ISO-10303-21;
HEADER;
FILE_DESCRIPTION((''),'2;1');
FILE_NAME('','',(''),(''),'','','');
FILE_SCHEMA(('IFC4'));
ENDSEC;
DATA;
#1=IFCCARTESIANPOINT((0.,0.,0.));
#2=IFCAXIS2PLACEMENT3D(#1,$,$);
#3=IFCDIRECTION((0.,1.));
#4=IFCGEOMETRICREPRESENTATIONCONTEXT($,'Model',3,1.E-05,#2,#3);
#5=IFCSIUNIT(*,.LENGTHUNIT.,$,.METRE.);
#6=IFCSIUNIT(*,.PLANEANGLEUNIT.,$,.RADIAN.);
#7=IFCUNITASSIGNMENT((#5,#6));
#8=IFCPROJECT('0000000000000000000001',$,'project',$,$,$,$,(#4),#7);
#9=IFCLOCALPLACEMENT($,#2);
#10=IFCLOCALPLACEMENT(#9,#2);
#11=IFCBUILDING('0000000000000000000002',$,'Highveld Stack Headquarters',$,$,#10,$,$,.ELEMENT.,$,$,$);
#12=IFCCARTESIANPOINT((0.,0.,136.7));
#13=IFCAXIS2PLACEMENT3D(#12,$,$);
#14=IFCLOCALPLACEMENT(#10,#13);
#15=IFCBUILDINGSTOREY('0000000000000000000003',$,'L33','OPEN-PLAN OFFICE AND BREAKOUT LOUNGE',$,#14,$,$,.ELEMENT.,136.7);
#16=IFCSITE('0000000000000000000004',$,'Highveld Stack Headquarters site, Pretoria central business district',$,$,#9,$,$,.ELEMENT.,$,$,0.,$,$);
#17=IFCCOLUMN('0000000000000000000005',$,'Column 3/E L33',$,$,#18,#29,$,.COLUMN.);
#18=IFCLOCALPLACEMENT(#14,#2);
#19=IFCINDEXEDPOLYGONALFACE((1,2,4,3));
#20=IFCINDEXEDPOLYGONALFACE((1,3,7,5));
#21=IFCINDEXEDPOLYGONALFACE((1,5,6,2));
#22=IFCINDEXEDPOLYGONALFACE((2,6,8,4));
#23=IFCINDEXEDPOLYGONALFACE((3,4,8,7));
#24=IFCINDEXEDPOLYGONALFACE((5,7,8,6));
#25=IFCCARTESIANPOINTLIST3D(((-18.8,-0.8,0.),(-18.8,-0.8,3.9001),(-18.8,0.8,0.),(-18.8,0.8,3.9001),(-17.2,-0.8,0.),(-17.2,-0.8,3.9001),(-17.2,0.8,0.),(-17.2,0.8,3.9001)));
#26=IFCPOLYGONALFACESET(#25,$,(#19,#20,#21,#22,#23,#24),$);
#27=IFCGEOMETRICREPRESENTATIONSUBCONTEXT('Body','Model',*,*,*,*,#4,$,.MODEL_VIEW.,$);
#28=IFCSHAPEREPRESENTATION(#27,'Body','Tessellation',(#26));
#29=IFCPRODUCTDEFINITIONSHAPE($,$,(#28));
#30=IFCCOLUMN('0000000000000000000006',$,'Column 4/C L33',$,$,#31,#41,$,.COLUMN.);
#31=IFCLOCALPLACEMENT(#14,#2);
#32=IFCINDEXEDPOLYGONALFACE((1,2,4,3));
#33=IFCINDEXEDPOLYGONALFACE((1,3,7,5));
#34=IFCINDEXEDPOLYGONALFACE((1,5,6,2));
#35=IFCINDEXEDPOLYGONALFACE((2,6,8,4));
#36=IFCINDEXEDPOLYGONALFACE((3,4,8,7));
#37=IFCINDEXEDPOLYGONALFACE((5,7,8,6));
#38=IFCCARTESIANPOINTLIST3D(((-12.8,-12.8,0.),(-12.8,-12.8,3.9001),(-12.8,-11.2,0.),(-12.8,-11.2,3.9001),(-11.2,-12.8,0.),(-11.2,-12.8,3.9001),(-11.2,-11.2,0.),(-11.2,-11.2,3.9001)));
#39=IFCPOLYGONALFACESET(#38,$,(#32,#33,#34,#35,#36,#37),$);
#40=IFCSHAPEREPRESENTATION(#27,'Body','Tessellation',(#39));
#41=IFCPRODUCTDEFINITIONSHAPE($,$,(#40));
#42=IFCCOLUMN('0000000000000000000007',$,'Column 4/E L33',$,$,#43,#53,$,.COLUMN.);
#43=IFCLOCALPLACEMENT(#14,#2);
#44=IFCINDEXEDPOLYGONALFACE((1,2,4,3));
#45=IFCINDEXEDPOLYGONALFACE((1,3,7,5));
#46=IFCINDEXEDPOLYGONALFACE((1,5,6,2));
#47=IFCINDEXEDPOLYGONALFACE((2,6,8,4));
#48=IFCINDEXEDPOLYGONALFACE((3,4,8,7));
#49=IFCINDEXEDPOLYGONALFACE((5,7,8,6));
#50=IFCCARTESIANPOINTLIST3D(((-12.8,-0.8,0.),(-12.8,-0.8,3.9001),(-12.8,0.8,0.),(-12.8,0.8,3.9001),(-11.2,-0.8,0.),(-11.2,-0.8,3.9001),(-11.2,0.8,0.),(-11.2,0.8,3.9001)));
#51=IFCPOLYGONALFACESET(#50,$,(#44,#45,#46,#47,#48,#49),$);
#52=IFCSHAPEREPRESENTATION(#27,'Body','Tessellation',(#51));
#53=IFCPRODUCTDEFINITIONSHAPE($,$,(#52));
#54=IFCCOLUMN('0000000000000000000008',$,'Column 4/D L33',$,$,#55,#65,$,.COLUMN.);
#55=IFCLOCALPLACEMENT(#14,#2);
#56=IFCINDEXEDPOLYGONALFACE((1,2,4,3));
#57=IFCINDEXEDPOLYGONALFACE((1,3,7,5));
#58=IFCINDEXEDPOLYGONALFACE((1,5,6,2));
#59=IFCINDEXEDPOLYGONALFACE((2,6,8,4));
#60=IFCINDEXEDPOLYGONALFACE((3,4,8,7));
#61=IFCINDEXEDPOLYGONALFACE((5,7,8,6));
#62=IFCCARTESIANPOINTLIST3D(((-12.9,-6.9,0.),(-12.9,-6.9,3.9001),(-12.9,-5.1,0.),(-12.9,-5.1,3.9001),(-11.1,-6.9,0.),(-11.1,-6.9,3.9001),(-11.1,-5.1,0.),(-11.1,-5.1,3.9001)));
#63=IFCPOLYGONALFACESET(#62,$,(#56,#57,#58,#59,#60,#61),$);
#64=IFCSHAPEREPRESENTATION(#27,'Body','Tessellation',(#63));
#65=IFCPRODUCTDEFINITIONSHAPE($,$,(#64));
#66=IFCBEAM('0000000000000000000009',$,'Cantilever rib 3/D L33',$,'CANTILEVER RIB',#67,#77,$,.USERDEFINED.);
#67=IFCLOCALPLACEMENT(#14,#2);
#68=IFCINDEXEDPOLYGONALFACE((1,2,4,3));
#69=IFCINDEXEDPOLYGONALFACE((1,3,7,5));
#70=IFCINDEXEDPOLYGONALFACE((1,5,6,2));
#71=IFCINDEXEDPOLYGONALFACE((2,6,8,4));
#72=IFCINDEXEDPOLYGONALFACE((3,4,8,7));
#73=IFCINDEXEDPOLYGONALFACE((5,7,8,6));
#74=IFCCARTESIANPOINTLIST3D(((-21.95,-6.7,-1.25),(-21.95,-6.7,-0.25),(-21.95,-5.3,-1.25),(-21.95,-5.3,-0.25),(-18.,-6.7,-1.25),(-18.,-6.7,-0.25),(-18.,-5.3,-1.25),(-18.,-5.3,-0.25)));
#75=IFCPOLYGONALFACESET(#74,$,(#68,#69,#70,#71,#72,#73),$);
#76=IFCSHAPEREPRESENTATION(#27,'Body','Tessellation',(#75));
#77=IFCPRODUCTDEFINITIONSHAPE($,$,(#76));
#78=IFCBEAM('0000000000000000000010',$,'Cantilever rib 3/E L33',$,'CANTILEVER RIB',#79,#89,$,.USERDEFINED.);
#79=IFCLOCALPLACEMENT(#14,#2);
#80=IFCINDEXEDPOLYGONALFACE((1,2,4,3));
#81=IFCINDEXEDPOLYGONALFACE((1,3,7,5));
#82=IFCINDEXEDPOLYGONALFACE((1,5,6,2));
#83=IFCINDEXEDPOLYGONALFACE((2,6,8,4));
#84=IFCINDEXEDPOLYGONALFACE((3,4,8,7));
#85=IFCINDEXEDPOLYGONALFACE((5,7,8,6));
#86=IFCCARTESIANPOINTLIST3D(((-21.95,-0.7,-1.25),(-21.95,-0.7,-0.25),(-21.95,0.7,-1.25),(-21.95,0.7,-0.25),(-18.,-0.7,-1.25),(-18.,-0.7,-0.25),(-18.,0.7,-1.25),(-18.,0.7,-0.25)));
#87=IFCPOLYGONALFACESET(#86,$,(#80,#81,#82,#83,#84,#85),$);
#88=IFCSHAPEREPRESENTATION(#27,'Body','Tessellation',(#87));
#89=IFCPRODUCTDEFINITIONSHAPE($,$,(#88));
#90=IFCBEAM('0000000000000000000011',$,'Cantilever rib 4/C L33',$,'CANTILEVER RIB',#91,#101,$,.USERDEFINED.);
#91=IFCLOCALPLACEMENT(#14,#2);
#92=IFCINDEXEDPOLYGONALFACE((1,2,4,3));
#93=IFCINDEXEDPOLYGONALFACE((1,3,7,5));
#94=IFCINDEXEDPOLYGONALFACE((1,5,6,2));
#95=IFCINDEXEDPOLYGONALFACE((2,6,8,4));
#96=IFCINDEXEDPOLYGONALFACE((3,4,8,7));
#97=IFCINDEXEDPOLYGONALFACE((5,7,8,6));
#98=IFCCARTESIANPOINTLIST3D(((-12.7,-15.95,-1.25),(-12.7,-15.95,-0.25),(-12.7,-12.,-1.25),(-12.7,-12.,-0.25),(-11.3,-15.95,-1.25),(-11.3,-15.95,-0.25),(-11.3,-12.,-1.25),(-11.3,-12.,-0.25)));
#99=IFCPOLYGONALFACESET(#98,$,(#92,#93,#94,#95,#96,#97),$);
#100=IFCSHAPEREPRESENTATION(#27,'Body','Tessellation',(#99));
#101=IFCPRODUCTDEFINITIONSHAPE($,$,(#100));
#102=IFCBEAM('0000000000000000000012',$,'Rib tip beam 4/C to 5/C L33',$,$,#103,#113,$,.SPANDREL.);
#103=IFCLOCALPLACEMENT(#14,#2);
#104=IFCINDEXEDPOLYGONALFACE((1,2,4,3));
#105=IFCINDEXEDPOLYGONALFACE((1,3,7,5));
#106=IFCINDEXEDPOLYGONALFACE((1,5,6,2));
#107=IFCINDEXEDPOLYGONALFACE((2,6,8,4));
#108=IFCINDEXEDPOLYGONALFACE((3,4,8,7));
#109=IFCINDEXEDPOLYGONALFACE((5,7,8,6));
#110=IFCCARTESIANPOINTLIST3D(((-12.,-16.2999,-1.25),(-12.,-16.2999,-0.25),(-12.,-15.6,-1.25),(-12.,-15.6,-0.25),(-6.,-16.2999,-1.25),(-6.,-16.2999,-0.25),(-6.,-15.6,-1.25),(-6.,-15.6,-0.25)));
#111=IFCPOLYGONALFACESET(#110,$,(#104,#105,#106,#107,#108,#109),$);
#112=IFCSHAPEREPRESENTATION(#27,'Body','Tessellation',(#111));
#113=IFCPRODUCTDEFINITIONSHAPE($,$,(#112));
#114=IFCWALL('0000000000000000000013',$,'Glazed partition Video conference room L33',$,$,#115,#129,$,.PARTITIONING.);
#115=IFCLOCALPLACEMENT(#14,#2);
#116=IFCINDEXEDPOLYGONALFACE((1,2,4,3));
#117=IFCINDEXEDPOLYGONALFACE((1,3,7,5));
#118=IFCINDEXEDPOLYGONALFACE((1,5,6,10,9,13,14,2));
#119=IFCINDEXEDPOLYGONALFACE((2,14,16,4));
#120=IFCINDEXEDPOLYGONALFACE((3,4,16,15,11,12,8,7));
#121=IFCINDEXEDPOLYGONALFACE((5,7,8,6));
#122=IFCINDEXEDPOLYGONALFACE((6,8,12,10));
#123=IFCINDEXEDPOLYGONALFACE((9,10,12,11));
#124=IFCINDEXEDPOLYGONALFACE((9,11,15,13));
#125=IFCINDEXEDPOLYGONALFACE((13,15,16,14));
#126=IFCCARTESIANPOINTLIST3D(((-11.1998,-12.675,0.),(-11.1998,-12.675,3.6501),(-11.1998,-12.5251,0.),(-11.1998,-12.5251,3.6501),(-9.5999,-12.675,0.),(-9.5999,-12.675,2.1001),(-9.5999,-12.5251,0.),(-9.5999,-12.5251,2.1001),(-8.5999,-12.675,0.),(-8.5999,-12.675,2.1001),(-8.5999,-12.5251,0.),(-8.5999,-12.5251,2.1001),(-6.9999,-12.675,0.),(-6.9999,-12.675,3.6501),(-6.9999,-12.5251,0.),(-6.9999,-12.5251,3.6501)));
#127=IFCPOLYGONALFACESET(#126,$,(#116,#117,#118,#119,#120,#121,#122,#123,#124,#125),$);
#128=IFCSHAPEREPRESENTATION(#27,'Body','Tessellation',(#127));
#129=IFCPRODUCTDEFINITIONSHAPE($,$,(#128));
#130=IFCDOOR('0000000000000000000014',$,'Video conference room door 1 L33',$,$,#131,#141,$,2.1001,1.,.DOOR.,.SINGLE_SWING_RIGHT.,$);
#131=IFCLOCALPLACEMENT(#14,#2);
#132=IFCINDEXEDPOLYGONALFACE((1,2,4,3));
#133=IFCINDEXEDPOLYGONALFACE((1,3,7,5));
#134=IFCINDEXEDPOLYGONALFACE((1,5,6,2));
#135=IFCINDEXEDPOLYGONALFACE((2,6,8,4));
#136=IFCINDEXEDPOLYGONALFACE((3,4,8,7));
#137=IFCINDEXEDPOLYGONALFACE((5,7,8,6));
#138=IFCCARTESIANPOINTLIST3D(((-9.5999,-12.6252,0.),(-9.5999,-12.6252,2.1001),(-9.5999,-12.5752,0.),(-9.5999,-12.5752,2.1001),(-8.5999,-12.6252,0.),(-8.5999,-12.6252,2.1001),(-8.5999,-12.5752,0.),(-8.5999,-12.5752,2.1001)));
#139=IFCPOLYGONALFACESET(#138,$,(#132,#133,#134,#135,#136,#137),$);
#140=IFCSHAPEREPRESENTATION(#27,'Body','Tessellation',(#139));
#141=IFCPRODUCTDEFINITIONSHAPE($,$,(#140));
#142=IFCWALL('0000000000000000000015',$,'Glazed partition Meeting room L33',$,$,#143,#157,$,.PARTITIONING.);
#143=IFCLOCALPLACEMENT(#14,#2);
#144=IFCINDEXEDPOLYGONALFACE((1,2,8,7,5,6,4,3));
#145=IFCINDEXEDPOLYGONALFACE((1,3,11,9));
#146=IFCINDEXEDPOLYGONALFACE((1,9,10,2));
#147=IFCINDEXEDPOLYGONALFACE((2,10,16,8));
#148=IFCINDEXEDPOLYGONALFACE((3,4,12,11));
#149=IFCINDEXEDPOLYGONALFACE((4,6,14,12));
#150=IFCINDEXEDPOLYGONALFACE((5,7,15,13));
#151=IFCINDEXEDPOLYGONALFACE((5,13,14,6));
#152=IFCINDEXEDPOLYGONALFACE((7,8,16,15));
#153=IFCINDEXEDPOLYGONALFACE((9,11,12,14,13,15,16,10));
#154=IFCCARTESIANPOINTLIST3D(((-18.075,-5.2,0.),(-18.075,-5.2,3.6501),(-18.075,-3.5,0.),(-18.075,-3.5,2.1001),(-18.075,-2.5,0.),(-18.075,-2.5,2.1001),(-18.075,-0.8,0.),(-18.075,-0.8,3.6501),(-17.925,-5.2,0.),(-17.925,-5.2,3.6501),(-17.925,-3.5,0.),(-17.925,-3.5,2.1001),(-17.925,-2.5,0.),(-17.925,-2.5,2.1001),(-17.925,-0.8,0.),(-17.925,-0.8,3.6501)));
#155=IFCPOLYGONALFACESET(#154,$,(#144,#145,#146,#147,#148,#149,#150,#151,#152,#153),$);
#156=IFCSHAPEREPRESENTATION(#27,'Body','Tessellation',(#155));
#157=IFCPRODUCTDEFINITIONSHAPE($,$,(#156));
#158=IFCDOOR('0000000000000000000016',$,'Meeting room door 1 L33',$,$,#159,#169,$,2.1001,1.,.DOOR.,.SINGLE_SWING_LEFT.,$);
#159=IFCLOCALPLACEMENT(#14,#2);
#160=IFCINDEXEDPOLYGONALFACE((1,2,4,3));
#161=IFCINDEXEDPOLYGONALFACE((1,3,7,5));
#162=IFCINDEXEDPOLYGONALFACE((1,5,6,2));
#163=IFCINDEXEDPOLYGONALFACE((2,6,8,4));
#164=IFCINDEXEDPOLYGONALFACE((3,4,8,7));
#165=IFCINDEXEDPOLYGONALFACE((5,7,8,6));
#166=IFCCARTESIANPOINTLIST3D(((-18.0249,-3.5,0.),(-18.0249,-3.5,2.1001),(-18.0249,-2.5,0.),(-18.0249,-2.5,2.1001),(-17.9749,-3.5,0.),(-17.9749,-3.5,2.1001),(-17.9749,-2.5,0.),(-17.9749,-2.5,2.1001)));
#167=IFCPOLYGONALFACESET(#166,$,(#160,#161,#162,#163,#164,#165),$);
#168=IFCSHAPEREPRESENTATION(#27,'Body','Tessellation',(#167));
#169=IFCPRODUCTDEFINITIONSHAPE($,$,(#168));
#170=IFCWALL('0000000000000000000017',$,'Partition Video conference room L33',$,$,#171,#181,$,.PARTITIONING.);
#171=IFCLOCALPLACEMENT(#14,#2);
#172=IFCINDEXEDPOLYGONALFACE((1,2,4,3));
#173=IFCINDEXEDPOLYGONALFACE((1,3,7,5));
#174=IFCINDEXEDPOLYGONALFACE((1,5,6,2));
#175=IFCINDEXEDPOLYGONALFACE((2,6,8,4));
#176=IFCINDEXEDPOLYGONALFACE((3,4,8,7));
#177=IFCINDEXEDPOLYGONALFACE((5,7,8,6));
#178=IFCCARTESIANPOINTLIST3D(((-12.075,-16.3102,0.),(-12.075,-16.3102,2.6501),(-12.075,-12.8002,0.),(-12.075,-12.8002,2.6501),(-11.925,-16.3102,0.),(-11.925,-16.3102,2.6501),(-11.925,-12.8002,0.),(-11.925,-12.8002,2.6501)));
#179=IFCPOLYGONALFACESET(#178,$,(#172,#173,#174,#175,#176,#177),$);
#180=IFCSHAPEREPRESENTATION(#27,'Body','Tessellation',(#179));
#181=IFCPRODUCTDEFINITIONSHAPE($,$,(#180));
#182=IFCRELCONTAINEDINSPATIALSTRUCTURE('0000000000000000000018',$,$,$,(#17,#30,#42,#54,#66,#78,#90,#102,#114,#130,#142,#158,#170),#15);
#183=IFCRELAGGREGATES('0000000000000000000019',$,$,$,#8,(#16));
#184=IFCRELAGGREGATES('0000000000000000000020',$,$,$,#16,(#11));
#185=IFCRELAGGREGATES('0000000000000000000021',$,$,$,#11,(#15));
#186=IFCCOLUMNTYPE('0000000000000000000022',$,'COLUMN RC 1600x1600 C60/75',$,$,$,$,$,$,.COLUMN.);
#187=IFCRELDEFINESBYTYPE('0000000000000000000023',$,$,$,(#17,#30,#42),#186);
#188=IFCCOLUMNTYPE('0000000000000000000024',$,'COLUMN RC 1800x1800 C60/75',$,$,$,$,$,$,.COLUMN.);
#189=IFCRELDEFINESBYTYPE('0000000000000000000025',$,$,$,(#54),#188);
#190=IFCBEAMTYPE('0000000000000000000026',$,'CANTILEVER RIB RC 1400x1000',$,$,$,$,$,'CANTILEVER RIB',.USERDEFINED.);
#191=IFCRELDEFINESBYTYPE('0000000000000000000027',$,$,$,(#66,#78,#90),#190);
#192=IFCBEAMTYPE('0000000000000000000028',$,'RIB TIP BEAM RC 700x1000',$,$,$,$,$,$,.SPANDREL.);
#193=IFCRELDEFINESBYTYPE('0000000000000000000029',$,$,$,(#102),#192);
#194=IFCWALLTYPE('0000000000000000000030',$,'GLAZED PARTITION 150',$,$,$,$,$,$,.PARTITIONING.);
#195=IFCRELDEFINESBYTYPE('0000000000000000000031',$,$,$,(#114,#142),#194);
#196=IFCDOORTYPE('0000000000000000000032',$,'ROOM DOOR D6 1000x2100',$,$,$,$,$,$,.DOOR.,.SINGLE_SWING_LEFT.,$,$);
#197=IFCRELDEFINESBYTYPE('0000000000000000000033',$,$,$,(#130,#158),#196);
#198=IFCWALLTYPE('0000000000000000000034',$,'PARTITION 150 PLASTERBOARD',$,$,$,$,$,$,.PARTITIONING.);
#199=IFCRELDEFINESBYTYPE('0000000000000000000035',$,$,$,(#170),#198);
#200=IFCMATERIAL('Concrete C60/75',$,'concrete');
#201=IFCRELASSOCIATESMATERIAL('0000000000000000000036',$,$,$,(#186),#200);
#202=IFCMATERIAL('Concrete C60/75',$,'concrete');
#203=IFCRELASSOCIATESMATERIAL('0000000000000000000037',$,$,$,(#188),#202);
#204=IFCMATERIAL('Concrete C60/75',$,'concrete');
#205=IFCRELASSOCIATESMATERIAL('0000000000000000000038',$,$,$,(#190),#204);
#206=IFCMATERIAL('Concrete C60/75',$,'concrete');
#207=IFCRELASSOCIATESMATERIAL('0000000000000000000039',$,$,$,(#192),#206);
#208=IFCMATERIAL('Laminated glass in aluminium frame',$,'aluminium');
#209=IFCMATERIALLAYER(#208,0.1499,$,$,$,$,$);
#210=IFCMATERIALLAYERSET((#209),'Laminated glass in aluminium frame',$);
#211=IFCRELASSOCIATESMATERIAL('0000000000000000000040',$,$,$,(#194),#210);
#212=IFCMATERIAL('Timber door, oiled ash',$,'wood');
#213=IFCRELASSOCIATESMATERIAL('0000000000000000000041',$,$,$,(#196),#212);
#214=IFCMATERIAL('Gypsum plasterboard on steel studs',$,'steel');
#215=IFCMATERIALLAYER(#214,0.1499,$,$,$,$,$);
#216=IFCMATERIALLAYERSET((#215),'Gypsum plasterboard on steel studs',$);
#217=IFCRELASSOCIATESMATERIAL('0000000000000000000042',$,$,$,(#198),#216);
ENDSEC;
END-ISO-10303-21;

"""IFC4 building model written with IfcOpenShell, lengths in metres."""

from ifc_helpers import new_model, si_unit, direction, frame, frame_2d, origin, origin_2d, place, context, subcontext, project, spatial, rectangle, extrude, material, layer, layer_set, material_profile, profile_set, type_object, element, fill, save


model = new_model("IFC4")

# Units and contexts
model_context = context("Model", 3, precision=1e-05, world=origin(), true_north=direction((0.0, 1.0)))
body_context = subcontext(model_context, "Body", "Model", "MODEL_VIEW")
ifc_project = project(units=[si_unit("LENGTHUNIT", "METRE"), si_unit("PLANEANGLEUNIT", "RADIAN")], contexts=[model_context])

# Site, building, storey
site_placement = place(None, origin())
site = spatial("IfcSite", under=ifc_project, at=site_placement, Name="Highveld Stack Headquarters site, Pretoria central business district", CompositionType="ELEMENT", RefElevation=0.0)
building_placement = place(site_placement, origin())
building = spatial("IfcBuilding", under=site, at=building_placement, Name="Highveld Stack Headquarters", CompositionType="ELEMENT")
storey_placement = place(building_placement, frame((0.0, 0.0, 136.7)))
storey = spatial("IfcBuildingStorey", under=building, at=storey_placement, Name="L33", Description="OPEN-PLAN OFFICE AND BREAKOUT LOUNGE", CompositionType="ELEMENT", Elevation=136.7)

# Columns
ifc_material_1 = material(Name="Concrete C60/75", Category="concrete")
ifc_material_profile_1 = material_profile(ifc_material_1, rectangle(XDim=1.6001, YDim=1.6001, at=origin_2d()), Name="RC 1600x1600")
ifc_profile_set_1 = profile_set([ifc_material_profile_1], Name="Concrete C60/75")
column_type_1 = type_object("IfcColumnType", Name="COLUMN RC 1600x1600 C60/75", PredefinedType="COLUMN", material=ifc_profile_set_1)
for number, where, z_axis, x_axis, name in (
    (1, (-18.0, 0.0, 0.0), (0.0, 0.0, 1.0), (1.0, 0.0, 0.0), "Column 3/E L33"),
    (2, (-12.0, -12.0, 0.0), (0.0, 0.0, 1.0), (1.0, 0.0, 0.0), "Column 4/C L33"),
    (3, (-12.0, 0.0, 0.0), (0.0, 0.0, 1.0), (1.0, 0.0, 0.0), "Column 4/E L33"),
):
    element("IfcColumn", number, at=place(storey_placement, frame(where, z_axis=z_axis, x_axis=x_axis)), inside=storey, type_object=column_type_1, Name=name, PredefinedType="COLUMN", context=body_context, shape_type="SweptSolid", body=[
        extrude(rectangle(XDim=1.6001, YDim=1.6001, at=origin_2d()), origin(), (0.0, 0.0, 1.0), 3.9001),
    ])
ifc_material_2 = material(Name="Concrete C60/75", Category="concrete")
ifc_material_profile_2 = material_profile(ifc_material_2, rectangle(XDim=1.8, YDim=1.8, at=origin_2d()), Name="RC 1800x1800")
ifc_profile_set_2 = profile_set([ifc_material_profile_2], Name="Concrete C60/75")
column_type_2 = type_object("IfcColumnType", Name="COLUMN RC 1800x1800 C60/75", PredefinedType="COLUMN", material=ifc_profile_set_2)
column_placement = place(storey_placement, frame((-12.0, -6.0, 0.0), z_axis=(0.0, 0.0, 1.0), x_axis=(1.0, 0.0, 0.0)))
element("IfcColumn", 4, at=column_placement, inside=storey, type_object=column_type_2, Name="Column 4/D L33", PredefinedType="COLUMN", context=body_context, shape_type="SweptSolid", body=[
    extrude(rectangle(XDim=1.8, YDim=1.8, at=origin_2d()), origin(), (0.0, 0.0, 1.0), 3.9001),
])

# Beams
ifc_material_3 = material(Name="Concrete C60/75", Category="concrete")
ifc_material_profile_3 = material_profile(ifc_material_3, rectangle(XDim=1.3999, YDim=1.0, at=origin_2d()), Name="RC 1400x1000")
ifc_profile_set_3 = profile_set([ifc_material_profile_3], Name="Concrete C60/75")
beam_type_1 = type_object("IfcBeamType", Name="CANTILEVER RIB RC 1400x1000", ElementType="CANTILEVER RIB", PredefinedType="USERDEFINED", material=ifc_profile_set_3)
for number, where, z_axis, x_axis, name in (
    (5, (-18.0, -6.0, -0.75), (-1.0, 0.0, 0.0), (0.0, -1.0, 0.0), "Cantilever rib 3/D L33"),
    (6, (-18.0, 0.0, -0.75), (-1.0, 0.0, 0.0), (0.0, -1.0, 0.0), "Cantilever rib 3/E L33"),
    (7, (-12.0, -12.0, -0.75), (0.0, -1.0, 0.0), (1.0, 0.0, 0.0), "Cantilever rib 4/C L33"),
):
    element("IfcBeam", number, at=place(storey_placement, frame(where, z_axis=z_axis, x_axis=x_axis)), inside=storey, type_object=beam_type_1, Name=name, ObjectType="CANTILEVER RIB", PredefinedType="USERDEFINED", context=body_context, shape_type="SweptSolid", body=[
        extrude(rectangle(XDim=1.3999, YDim=1.0, at=origin_2d()), origin(), (0.0, 0.0, 1.0), 3.95),
    ])
ifc_material_4 = material(Name="Concrete C60/75", Category="concrete")
ifc_material_profile_4 = material_profile(ifc_material_4, rectangle(XDim=0.7, YDim=1.0, at=origin_2d()), Name="RC 700x1000")
ifc_profile_set_4 = profile_set([ifc_material_profile_4], Name="Concrete C60/75")
beam_type_2 = type_object("IfcBeamType", Name="RIB TIP BEAM RC 700x1000", PredefinedType="SPANDREL", material=ifc_profile_set_4)
beam_placement = place(storey_placement, frame((-12.0, -15.95, -0.75), z_axis=(1.0, 0.0, 0.0), x_axis=(0.0, 1.0, 0.0)))
element("IfcBeam", 8, at=beam_placement, inside=storey, type_object=beam_type_2, Name="Rib tip beam 4/C to 5/C L33", PredefinedType="SPANDREL", context=body_context, shape_type="SweptSolid", body=[
    extrude(rectangle(XDim=0.7, YDim=1.0, at=origin_2d()), origin(), (0.0, 0.0, 1.0), 6.0),
])

# Walls, openings, doors
ifc_material_5 = material(Name="Laminated glass in aluminium frame", Category="aluminium")
ifc_layer_1 = layer(ifc_material_5, 0.1499)
ifc_layer_set_1 = layer_set([ifc_layer_1], Name="Laminated glass in aluminium frame")
wall_type_1 = type_object("IfcWallType", Name="GLAZED PARTITION 150", PredefinedType="PARTITIONING", material=ifc_layer_set_1)
wall_1_placement = place(storey_placement, frame((-11.2, -12.6001, 0.0), z_axis=(0.0, 0.0, 1.0), x_axis=(1.0, 0.0, 0.0)))
wall_1 = element("IfcWall", 9, at=wall_1_placement, inside=storey, type_object=wall_type_1, Name="Glazed partition Video conference room L33", PredefinedType="PARTITIONING", context=body_context, shape_type="SweptSolid", body=[
    extrude(rectangle(XDim=4.2, YDim=0.1499, at=frame_2d((2.1001, 0.0))), origin(), (0.0, 0.0, 1.0), 3.6501),
])
opening_1_placement = place(wall_1_placement, frame((1.6001, 0.0, 0.0)))
opening_1 = element("IfcOpeningElement", 10, at=opening_1_placement, cuts=wall_1, PredefinedType="OPENING", context=body_context, shape_type="SweptSolid", body=[
    extrude(rectangle(XDim=1.0, YDim=2.1001, at=frame_2d((0.5, 1.05))), frame((0.0, 0.085, 0.0), z_axis=(0.0, -1.0, 0.0), x_axis=(1.0, 0.0, 0.0)), (0.0, 0.0, 1.0), 0.1699),
])
ifc_material_6 = material(Name="Timber door, oiled ash", Category="wood")
door_type = type_object("IfcDoorType", Name="ROOM DOOR D6 1000x2100", OperationType="SINGLE_SWING_LEFT", PredefinedType="DOOR", material=ifc_material_6)
door_1_placement = place(opening_1_placement, origin())
door_1 = element("IfcDoor", 11, at=door_1_placement, inside=storey, type_object=door_type, Name="Video conference room door 1 L33", OperationType="SINGLE_SWING_RIGHT", OverallHeight=2.1001, OverallWidth=1.0, PredefinedType="DOOR", context=body_context, shape_type="SweptSolid", body=[
    extrude(rectangle(XDim=1.0, YDim=2.1001, at=frame_2d((0.5, 1.05))), frame((0.0, 0.0249, 0.0), z_axis=(0.0, -1.0, 0.0), x_axis=(1.0, 0.0, 0.0)), (0.0, 0.0, 1.0), 0.05),
])
fill(opening_1, door_1)
wall_2_placement = place(storey_placement, frame((-18.0, -5.2, 0.0), z_axis=(0.0, 0.0, 1.0), x_axis=(0.0, 1.0, 0.0)))
wall_2 = element("IfcWall", 12, at=wall_2_placement, inside=storey, type_object=wall_type_1, Name="Glazed partition Meeting room L33", PredefinedType="PARTITIONING", context=body_context, shape_type="SweptSolid", body=[
    extrude(rectangle(XDim=4.3999, YDim=0.1499, at=frame_2d((2.2, 0.0))), origin(), (0.0, 0.0, 1.0), 3.6501),
])
opening_2_placement = place(wall_2_placement, frame((1.7, 0.0, 0.0)))
opening_2 = element("IfcOpeningElement", 13, at=opening_2_placement, cuts=wall_2, PredefinedType="OPENING", context=body_context, shape_type="SweptSolid", body=[
    extrude(rectangle(XDim=1.0, YDim=2.1001, at=frame_2d((0.5, 1.05))), frame((0.0, 0.085, 0.0), z_axis=(0.0, -1.0, 0.0), x_axis=(1.0, 0.0, 0.0)), (0.0, 0.0, 1.0), 0.1699),
])
door_2_placement = place(opening_2_placement, origin())
door_2 = element("IfcDoor", 14, at=door_2_placement, inside=storey, type_object=door_type, Name="Meeting room door 1 L33", OperationType="SINGLE_SWING_LEFT", OverallHeight=2.1001, OverallWidth=1.0, PredefinedType="DOOR", context=body_context, shape_type="SweptSolid", body=[
    extrude(rectangle(XDim=1.0, YDim=2.1001, at=frame_2d((0.5, 1.05))), frame((0.0, 0.0249, 0.0), z_axis=(0.0, -1.0, 0.0), x_axis=(1.0, 0.0, 0.0)), (0.0, 0.0, 1.0), 0.05),
])
fill(opening_2, door_2)

# Wall
ifc_material_7 = material(Name="Gypsum plasterboard on steel studs", Category="steel")
ifc_layer_2 = layer(ifc_material_7, 0.1499)
ifc_layer_set_2 = layer_set([ifc_layer_2], Name="Gypsum plasterboard on steel studs")
wall_type_2 = type_object("IfcWallType", Name="PARTITION 150 PLASTERBOARD", PredefinedType="PARTITIONING", material=ifc_layer_set_2)
wall_3_placement = place(storey_placement, frame((-12.0, -16.3101, 0.0), z_axis=(0.0, 0.0, 1.0), x_axis=(0.0, 1.0, 0.0)))
element("IfcWall", 15, at=wall_3_placement, inside=storey, type_object=wall_type_2, Name="Partition Video conference room L33", PredefinedType="PARTITIONING", context=body_context, shape_type="SweptSolid", body=[
    extrude(rectangle(XDim=3.51, YDim=0.1499, at=frame_2d((1.7549, 0.0))), origin(), (0.0, 0.0, 1.0), 2.6501),
])

save(model, "model.ifc")
